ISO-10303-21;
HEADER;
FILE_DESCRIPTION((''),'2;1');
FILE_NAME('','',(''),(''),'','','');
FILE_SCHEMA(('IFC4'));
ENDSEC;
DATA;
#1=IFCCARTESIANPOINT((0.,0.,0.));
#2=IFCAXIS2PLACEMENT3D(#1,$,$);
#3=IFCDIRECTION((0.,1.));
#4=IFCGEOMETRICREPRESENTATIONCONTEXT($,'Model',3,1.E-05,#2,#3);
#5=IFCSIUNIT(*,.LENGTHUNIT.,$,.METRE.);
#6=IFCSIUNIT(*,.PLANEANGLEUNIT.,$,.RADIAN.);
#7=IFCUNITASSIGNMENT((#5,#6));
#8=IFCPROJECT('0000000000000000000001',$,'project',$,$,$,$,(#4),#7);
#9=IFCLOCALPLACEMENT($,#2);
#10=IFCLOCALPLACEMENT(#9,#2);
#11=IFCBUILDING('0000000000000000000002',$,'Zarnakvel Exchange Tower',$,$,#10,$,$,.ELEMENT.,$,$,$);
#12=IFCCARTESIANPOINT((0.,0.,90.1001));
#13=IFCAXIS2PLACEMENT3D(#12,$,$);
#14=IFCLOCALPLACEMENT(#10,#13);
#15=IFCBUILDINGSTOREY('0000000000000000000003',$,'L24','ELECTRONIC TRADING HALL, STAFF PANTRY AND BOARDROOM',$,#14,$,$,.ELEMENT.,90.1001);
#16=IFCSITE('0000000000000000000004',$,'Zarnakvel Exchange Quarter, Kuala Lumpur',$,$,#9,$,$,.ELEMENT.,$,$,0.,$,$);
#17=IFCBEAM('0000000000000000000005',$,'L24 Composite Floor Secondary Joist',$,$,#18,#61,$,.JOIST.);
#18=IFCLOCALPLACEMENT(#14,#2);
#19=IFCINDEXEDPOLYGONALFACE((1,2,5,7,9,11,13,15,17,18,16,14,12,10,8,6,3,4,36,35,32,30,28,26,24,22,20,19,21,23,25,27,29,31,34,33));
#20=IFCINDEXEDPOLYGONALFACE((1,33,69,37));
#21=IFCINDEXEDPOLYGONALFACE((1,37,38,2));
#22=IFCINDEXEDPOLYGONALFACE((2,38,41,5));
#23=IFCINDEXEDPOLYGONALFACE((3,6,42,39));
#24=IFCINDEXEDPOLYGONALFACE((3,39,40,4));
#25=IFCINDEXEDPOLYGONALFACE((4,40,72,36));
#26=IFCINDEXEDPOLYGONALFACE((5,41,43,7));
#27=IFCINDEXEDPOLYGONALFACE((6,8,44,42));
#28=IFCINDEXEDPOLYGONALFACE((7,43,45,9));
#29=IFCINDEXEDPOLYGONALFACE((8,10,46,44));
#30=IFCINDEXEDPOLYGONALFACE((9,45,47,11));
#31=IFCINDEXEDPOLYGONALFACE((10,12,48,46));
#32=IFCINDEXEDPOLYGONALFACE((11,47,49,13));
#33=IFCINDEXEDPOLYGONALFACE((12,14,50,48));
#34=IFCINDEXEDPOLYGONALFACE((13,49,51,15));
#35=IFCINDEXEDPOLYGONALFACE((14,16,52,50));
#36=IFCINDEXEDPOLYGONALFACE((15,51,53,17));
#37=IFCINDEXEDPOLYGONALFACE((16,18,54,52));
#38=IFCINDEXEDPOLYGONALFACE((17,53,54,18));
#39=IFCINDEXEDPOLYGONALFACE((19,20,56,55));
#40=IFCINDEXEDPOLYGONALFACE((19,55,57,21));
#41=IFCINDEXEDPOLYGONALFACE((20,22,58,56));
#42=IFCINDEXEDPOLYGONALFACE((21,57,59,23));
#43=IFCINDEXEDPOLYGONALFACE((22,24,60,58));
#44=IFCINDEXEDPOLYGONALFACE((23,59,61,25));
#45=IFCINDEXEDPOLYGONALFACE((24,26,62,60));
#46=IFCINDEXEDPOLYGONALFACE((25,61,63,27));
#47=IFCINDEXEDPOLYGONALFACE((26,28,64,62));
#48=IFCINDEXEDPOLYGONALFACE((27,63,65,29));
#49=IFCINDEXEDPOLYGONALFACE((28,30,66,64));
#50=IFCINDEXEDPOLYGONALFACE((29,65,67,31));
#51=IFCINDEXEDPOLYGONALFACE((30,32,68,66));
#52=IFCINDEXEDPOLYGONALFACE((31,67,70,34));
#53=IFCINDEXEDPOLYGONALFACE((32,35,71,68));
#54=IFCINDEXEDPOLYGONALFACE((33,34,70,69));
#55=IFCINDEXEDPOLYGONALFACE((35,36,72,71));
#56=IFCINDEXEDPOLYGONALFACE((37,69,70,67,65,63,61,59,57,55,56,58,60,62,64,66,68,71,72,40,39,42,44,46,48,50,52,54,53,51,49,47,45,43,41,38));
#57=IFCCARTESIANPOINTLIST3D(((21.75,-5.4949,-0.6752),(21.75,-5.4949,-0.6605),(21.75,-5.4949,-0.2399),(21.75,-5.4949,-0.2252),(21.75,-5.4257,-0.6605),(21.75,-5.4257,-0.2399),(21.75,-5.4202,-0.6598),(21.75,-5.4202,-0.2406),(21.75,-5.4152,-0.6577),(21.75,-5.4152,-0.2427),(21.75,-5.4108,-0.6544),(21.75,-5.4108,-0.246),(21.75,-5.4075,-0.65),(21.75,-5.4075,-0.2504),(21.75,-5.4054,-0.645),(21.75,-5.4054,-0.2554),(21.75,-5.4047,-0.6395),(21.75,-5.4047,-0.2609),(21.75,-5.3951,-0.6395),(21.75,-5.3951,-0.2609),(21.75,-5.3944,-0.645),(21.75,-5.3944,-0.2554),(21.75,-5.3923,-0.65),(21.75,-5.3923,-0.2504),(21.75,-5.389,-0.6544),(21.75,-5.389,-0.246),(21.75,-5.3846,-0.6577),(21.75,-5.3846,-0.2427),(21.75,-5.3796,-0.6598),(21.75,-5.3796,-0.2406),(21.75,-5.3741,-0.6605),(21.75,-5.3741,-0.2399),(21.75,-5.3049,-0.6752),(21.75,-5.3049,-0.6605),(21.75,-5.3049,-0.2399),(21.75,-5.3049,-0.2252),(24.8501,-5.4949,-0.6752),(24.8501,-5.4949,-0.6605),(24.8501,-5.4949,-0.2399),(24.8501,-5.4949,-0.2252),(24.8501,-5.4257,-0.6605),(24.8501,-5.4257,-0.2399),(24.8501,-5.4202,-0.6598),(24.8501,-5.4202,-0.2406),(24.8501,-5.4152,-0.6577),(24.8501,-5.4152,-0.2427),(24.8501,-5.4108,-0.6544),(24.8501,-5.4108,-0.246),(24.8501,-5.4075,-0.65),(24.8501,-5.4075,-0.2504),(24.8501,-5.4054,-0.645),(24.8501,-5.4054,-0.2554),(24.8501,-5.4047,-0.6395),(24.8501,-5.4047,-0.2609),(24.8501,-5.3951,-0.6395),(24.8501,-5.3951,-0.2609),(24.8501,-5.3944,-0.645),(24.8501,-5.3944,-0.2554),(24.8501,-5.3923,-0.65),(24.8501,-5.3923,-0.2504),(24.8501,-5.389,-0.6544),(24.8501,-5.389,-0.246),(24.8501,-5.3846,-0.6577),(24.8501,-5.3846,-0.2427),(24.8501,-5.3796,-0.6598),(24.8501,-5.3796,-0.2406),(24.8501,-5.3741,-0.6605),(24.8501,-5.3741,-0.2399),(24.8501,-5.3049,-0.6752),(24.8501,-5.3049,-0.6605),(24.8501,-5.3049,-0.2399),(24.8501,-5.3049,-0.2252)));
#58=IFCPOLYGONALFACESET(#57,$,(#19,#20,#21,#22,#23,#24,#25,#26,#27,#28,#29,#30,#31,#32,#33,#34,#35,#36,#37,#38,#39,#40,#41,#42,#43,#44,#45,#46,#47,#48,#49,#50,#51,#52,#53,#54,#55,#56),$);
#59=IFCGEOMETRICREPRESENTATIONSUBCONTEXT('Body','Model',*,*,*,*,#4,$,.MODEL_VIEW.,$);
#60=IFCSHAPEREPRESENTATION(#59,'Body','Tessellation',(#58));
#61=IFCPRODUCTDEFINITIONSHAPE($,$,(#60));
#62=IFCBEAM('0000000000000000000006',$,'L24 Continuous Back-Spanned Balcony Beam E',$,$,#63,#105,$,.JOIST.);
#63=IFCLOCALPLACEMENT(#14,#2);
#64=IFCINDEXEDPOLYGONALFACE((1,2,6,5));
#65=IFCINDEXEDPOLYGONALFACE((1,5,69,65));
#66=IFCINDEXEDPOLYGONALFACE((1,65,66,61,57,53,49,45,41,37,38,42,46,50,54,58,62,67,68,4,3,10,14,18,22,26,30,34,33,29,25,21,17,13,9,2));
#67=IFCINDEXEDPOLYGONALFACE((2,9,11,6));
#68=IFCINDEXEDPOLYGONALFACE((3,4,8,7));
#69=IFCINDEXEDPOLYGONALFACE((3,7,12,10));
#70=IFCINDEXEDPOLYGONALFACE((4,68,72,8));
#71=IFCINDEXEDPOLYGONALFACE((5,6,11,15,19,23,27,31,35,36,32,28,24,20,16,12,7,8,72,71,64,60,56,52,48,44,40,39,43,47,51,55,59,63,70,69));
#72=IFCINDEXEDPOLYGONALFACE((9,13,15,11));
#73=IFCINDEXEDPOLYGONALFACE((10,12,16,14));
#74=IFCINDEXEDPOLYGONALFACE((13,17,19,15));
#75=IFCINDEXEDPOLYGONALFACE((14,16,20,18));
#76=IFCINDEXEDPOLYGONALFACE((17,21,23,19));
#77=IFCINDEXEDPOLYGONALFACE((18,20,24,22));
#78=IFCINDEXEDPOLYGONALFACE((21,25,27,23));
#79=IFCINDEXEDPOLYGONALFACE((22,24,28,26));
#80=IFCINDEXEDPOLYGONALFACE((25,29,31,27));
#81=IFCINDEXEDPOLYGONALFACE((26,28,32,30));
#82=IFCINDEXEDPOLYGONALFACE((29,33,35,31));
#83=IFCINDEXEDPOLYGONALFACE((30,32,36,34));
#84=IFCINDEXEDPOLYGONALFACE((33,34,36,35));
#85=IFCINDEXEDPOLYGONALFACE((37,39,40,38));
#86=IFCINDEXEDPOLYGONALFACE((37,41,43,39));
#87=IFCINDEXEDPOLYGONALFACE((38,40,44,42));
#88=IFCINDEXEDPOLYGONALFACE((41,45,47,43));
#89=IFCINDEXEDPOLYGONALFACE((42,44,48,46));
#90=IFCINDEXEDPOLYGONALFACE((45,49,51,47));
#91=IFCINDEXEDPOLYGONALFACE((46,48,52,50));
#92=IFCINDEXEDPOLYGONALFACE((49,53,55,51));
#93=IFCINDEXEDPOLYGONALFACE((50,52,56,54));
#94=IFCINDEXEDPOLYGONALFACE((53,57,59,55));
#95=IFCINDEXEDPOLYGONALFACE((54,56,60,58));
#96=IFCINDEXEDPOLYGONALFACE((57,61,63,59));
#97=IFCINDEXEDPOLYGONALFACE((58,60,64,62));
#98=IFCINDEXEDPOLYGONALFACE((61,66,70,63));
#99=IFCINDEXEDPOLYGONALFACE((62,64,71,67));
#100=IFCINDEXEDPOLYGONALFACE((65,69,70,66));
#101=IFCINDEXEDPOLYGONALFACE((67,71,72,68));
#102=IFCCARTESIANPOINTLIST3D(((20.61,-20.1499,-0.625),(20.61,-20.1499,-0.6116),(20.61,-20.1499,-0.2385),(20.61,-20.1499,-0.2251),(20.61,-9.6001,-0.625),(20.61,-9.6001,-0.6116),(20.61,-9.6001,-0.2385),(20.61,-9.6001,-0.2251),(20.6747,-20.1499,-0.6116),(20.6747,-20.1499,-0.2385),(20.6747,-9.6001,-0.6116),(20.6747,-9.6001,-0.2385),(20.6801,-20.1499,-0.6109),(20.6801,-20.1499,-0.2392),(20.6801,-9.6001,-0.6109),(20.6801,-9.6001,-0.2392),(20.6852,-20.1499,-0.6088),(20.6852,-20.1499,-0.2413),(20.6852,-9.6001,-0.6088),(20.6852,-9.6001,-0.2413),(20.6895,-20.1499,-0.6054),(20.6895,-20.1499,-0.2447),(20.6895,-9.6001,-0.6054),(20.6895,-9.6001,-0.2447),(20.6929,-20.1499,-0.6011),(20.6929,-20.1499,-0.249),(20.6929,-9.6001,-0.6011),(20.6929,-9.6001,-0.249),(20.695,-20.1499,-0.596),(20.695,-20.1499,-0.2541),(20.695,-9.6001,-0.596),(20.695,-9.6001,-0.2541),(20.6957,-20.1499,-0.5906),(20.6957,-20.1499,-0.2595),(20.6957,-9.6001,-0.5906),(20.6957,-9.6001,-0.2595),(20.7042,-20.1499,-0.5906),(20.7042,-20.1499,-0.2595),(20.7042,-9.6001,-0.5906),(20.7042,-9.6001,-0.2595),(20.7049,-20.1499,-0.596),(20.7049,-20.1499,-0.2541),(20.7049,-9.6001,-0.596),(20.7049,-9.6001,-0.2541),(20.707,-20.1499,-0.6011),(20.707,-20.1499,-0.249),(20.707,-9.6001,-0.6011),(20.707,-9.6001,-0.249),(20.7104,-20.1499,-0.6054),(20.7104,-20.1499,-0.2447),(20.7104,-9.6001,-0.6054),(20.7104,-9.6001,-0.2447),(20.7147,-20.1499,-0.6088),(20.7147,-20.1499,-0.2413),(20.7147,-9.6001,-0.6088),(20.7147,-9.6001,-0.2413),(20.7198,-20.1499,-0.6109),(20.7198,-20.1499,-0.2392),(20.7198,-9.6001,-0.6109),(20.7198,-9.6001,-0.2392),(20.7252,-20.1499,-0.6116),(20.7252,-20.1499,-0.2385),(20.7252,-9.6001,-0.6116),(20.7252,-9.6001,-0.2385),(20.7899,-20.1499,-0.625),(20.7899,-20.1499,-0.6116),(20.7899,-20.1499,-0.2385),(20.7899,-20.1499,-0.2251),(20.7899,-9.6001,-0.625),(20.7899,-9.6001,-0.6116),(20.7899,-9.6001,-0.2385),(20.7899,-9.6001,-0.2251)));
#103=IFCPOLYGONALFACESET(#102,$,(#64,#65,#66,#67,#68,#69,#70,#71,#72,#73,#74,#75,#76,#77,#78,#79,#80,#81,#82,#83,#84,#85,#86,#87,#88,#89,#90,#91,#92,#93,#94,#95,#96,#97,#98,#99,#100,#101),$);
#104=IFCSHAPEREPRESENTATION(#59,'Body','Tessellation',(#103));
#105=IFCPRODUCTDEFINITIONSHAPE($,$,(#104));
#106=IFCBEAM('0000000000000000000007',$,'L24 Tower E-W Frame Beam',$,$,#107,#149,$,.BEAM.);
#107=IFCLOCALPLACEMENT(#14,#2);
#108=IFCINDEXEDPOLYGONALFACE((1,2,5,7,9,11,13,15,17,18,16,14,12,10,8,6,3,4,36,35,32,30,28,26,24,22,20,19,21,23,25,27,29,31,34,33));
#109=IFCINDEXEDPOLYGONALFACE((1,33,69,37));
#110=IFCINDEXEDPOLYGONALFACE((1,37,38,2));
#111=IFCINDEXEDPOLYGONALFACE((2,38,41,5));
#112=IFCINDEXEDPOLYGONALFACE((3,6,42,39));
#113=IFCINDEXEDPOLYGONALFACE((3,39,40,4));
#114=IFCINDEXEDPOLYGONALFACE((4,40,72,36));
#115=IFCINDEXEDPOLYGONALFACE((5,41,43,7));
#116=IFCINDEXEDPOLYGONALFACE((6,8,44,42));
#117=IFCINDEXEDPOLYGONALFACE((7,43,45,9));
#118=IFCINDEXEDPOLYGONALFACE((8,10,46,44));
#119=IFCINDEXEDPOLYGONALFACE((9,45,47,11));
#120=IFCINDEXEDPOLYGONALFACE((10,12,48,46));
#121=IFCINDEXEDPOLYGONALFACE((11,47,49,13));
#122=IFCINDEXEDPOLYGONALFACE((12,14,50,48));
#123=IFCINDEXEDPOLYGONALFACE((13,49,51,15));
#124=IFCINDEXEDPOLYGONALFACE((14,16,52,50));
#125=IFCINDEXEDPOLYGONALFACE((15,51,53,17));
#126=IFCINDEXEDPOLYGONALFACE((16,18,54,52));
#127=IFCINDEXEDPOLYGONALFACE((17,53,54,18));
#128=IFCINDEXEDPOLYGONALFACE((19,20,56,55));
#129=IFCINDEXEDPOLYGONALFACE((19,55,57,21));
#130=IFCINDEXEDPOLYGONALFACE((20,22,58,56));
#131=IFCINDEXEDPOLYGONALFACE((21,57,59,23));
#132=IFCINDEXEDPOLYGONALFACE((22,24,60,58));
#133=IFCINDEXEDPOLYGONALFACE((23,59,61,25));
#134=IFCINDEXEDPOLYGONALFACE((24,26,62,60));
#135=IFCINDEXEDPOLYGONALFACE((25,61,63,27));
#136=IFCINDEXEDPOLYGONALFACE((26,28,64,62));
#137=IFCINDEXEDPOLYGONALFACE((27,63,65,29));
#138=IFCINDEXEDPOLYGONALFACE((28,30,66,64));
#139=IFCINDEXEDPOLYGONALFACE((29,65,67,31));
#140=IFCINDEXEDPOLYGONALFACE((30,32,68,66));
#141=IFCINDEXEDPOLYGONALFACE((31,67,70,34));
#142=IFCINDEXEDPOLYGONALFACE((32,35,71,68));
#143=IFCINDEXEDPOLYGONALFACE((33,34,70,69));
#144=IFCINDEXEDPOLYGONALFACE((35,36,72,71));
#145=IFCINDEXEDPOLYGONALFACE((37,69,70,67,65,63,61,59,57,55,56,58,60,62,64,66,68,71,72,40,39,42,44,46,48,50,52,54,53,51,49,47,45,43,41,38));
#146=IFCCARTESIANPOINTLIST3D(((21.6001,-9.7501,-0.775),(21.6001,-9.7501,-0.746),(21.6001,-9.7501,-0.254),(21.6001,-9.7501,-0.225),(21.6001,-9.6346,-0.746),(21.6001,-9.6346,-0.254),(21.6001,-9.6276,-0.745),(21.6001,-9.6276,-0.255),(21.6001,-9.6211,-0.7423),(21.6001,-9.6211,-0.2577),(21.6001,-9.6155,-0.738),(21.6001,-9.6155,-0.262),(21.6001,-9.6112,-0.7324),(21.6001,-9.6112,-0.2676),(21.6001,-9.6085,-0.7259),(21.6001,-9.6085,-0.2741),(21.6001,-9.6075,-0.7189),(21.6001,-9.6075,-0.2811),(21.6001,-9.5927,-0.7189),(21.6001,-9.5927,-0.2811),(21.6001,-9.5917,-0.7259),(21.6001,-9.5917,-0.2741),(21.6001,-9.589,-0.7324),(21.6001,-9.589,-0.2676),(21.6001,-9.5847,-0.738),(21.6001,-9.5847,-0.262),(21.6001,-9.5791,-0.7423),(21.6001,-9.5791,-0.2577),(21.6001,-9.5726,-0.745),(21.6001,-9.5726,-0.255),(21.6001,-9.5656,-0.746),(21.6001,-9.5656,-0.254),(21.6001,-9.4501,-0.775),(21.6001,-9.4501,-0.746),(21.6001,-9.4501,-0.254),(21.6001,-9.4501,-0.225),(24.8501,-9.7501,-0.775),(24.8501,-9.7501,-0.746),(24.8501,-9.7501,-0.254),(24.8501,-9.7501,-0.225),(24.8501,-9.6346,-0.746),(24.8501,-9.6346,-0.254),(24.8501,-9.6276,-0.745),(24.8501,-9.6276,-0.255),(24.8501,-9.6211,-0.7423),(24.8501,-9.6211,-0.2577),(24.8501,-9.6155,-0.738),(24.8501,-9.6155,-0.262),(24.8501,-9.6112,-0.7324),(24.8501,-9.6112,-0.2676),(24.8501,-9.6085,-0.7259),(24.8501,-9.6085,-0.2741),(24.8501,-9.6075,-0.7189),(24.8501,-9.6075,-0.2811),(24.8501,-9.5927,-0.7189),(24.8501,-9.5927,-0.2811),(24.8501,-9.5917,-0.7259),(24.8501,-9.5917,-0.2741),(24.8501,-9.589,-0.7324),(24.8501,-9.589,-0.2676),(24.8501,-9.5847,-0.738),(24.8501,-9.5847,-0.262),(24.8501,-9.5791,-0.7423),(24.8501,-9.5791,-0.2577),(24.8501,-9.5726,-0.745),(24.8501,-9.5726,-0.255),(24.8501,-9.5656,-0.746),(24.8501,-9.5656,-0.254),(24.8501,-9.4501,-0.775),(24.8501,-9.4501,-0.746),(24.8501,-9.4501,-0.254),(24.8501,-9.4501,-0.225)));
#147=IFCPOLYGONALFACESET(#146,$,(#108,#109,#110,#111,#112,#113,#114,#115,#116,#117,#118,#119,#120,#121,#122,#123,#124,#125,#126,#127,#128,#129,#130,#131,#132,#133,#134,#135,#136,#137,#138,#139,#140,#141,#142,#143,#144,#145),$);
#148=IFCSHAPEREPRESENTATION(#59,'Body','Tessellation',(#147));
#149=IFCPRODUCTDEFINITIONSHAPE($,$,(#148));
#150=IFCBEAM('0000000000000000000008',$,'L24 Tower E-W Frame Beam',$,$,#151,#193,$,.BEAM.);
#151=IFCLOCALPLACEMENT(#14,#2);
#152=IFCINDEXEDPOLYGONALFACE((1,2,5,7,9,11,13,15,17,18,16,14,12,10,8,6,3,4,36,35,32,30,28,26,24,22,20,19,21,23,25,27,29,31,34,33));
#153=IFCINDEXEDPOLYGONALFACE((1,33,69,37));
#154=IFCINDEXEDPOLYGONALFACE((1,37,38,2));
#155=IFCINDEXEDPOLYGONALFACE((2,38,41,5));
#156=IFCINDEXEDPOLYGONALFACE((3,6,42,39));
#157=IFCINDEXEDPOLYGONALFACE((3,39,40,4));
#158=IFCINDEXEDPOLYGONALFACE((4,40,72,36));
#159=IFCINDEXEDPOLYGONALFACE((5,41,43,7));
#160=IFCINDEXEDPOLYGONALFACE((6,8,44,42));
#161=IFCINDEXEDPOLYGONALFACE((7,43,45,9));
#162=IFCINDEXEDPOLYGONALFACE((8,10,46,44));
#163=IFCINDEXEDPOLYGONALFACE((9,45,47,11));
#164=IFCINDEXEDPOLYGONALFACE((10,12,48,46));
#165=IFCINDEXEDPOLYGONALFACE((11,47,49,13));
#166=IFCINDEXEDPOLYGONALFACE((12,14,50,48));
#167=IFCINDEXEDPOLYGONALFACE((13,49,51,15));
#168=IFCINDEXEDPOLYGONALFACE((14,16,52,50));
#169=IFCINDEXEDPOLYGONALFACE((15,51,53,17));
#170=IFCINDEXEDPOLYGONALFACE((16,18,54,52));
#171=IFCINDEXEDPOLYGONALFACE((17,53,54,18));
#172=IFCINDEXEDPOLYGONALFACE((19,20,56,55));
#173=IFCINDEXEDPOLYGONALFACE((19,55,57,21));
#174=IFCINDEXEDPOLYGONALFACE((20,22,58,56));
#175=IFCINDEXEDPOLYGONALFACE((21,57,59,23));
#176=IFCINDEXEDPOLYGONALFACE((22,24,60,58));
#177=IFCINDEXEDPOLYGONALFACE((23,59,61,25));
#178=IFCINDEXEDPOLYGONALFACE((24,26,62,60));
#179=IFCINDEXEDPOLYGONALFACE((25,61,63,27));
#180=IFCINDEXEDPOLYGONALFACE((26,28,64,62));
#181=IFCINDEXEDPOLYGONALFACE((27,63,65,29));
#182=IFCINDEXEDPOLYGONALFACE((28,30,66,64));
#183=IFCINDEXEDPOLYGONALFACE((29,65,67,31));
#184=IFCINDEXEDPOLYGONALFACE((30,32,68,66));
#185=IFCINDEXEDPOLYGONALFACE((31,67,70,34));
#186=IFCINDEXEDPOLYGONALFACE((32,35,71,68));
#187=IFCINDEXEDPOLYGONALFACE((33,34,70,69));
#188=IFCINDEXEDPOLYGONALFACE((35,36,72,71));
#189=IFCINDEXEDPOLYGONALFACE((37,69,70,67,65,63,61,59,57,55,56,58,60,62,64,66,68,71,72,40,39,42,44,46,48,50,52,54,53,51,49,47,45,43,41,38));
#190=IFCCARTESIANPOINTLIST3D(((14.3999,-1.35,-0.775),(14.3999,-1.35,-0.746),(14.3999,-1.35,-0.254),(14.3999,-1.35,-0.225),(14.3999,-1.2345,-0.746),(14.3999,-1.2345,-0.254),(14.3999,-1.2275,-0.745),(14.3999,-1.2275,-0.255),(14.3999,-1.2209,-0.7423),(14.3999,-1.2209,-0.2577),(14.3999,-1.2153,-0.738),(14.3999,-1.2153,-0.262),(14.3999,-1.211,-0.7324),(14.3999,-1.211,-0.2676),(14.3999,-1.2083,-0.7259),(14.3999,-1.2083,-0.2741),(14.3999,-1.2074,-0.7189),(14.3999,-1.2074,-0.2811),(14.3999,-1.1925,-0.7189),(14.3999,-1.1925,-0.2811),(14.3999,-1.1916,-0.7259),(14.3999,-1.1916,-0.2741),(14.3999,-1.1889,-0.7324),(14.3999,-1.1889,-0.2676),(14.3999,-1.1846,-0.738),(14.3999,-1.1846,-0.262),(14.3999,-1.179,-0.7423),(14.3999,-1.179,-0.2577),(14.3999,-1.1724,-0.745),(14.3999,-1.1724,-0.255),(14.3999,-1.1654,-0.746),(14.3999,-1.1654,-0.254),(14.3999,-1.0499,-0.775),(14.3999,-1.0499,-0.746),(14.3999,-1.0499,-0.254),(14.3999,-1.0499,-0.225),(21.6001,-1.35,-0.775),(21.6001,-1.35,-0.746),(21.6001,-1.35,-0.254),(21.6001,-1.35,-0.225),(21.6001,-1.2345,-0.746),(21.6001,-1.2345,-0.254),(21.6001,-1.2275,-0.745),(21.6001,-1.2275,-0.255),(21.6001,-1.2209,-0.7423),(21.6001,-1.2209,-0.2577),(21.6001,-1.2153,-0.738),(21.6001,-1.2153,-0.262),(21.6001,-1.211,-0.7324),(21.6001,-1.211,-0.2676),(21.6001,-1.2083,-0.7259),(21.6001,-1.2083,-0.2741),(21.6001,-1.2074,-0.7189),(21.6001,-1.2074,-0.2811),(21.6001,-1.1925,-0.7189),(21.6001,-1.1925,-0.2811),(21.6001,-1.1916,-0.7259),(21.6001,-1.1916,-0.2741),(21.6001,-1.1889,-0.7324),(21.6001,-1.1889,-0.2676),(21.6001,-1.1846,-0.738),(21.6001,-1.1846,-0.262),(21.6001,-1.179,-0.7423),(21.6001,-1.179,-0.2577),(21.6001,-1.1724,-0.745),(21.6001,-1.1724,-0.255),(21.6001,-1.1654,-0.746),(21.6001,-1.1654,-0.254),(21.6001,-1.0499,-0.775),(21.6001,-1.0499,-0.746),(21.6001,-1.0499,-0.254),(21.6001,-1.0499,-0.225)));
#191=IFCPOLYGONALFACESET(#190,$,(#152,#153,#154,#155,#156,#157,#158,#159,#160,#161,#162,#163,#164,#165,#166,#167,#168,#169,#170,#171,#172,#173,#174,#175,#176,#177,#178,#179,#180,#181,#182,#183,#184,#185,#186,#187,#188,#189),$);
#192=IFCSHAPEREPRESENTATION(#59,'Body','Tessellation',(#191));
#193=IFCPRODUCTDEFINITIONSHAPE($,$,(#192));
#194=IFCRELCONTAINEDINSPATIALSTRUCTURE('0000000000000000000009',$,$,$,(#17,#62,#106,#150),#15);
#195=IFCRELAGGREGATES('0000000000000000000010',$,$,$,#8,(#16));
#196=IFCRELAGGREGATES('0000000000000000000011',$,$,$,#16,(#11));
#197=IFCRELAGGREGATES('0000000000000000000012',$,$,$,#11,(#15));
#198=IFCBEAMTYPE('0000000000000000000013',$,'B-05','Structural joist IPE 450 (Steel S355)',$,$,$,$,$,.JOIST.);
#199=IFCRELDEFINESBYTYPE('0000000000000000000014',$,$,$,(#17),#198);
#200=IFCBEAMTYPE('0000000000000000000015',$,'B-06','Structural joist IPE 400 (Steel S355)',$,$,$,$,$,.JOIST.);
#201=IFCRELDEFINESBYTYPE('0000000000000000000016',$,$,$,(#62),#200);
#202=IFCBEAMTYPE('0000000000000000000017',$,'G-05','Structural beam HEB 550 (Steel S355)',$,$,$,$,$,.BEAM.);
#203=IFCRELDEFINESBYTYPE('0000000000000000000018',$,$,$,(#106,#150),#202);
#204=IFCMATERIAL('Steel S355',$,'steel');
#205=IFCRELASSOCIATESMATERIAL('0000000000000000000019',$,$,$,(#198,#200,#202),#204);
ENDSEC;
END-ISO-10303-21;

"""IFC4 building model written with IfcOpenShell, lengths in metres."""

from ifc_helpers import new_model, si_unit, direction, frame, origin, origin_2d, place, context, subcontext, project, spatial, i_section, extrude, material, material_profile, profile_set, type_object, element, save


model = new_model("IFC4")

# Units and contexts
model_context = context("Model", 3, precision=1e-05, world=origin(), true_north=direction((0.0, 1.0)))
body_context = subcontext(model_context, "Body", "Model", "MODEL_VIEW")
ifc_project = project(units=[si_unit("LENGTHUNIT", "METRE"), si_unit("PLANEANGLEUNIT", "RADIAN")], contexts=[model_context])

# Site, building, storey
site_placement = place(None, origin())
site = spatial("IfcSite", under=ifc_project, at=site_placement, Name="Zarnakvel Exchange Quarter, Kuala Lumpur", CompositionType="ELEMENT", RefElevation=0.0)
building_placement = place(site_placement, origin())
building = spatial("IfcBuilding", under=site, at=building_placement, Name="Zarnakvel Exchange Tower", CompositionType="ELEMENT")
storey_placement = place(building_placement, frame((0.0, 0.0, 90.1001)))
storey = spatial("IfcBuildingStorey", under=building, at=storey_placement, Name="L24", Description="ELECTRONIC TRADING HALL, STAFF PANTRY AND BOARDROOM", CompositionType="ELEMENT", Elevation=90.1001)

# Shared definitions
ifc_material_1 = material(Name="Steel S355", Category="steel")

# Beams
ifc_material_profile_1 = material_profile(ifc_material_1, i_section(OverallWidth=0.1899, OverallDepth=0.45, WebThickness=0.0095, FlangeThickness=0.0146, FilletRadius=0.021, at=origin_2d()))
ifc_profile_set_1 = profile_set([ifc_material_profile_1], Name="Steel S355")
beam_type_1 = type_object("IfcBeamType", Name="B-05", Description="Structural joist IPE 450 (Steel S355)", PredefinedType="JOIST", material=ifc_profile_set_1)
beam_1_placement = place(storey_placement, frame((21.75, -5.3999, -0.4502), z_axis=(1.0, 0.0, 0.0), x_axis=(0.0, 1.0, 0.0)))
element("IfcBeam", 1, at=beam_1_placement, inside=storey, type_object=beam_type_1, Name="L24 Composite Floor Secondary Joist", PredefinedType="JOIST", context=body_context, shape_type="SweptSolid", body=[
    extrude(i_section(OverallWidth=0.1899, OverallDepth=0.45, WebThickness=0.0095, FlangeThickness=0.0146, FilletRadius=0.021, at=origin_2d()), origin(), (0.0, 0.0, 1.0), 3.1001),
])
ifc_material_profile_2 = material_profile(ifc_material_1, i_section(OverallWidth=0.1799, OverallDepth=0.3999, WebThickness=0.0085, FlangeThickness=0.0134, FilletRadius=0.021, at=origin_2d()))
ifc_profile_set_2 = profile_set([ifc_material_profile_2], Name="Steel S355")
beam_type_2 = type_object("IfcBeamType", Name="B-06", Description="Structural joist IPE 400 (Steel S355)", PredefinedType="JOIST", material=ifc_profile_set_2)
beam_2_placement = place(storey_placement, frame((20.7, -9.6001, -0.425), z_axis=(0.0, -1.0, 0.0), x_axis=(1.0, 0.0, 0.0)))
element("IfcBeam", 2, at=beam_2_placement, inside=storey, type_object=beam_type_2, Name="L24 Continuous Back-Spanned Balcony Beam E", PredefinedType="JOIST", context=body_context, shape_type="SweptSolid", body=[
    extrude(i_section(OverallWidth=0.1799, OverallDepth=0.3999, WebThickness=0.0085, FlangeThickness=0.0134, FilletRadius=0.021, at=origin_2d()), origin(), (0.0, 0.0, 1.0), 10.5498),
])
ifc_material_profile_3 = material_profile(ifc_material_1, i_section(OverallWidth=0.3, OverallDepth=0.55, WebThickness=0.0149, FlangeThickness=0.0291, FilletRadius=0.0271, at=origin_2d()))
ifc_profile_set_3 = profile_set([ifc_material_profile_3], Name="Steel S355")
beam_type_3 = type_object("IfcBeamType", Name="G-05", Description="Structural beam HEB 550 (Steel S355)", PredefinedType="BEAM", material=ifc_profile_set_3)
beam_3_placement = place(storey_placement, frame((21.6001, -9.6001, -0.5), z_axis=(1.0, 0.0, 0.0), x_axis=(0.0, 1.0, 0.0)))
element("IfcBeam", 3, at=beam_3_placement, inside=storey, type_object=beam_type_3, Name="L24 Tower E-W Frame Beam", PredefinedType="BEAM", context=body_context, shape_type="SweptSolid", body=[
    extrude(i_section(OverallWidth=0.3, OverallDepth=0.55, WebThickness=0.0149, FlangeThickness=0.0291, FilletRadius=0.0271, at=origin_2d()), origin(), (0.0, 0.0, 1.0), 3.25),
])
beam_4_placement = place(storey_placement, frame((14.3999, -1.2, -0.5), z_axis=(1.0, 0.0, 0.0), x_axis=(0.0, 1.0, 0.0)))
element("IfcBeam", 4, at=beam_4_placement, inside=storey, type_object=beam_type_3, Name="L24 Tower E-W Frame Beam", PredefinedType="BEAM", context=body_context, shape_type="SweptSolid", body=[
    extrude(i_section(OverallWidth=0.3, OverallDepth=0.55, WebThickness=0.0149, FlangeThickness=0.0291, FilletRadius=0.0271, at=origin_2d()), origin(), (0.0, 0.0, 1.0), 7.2002),
])

save(model, "model.ifc")
